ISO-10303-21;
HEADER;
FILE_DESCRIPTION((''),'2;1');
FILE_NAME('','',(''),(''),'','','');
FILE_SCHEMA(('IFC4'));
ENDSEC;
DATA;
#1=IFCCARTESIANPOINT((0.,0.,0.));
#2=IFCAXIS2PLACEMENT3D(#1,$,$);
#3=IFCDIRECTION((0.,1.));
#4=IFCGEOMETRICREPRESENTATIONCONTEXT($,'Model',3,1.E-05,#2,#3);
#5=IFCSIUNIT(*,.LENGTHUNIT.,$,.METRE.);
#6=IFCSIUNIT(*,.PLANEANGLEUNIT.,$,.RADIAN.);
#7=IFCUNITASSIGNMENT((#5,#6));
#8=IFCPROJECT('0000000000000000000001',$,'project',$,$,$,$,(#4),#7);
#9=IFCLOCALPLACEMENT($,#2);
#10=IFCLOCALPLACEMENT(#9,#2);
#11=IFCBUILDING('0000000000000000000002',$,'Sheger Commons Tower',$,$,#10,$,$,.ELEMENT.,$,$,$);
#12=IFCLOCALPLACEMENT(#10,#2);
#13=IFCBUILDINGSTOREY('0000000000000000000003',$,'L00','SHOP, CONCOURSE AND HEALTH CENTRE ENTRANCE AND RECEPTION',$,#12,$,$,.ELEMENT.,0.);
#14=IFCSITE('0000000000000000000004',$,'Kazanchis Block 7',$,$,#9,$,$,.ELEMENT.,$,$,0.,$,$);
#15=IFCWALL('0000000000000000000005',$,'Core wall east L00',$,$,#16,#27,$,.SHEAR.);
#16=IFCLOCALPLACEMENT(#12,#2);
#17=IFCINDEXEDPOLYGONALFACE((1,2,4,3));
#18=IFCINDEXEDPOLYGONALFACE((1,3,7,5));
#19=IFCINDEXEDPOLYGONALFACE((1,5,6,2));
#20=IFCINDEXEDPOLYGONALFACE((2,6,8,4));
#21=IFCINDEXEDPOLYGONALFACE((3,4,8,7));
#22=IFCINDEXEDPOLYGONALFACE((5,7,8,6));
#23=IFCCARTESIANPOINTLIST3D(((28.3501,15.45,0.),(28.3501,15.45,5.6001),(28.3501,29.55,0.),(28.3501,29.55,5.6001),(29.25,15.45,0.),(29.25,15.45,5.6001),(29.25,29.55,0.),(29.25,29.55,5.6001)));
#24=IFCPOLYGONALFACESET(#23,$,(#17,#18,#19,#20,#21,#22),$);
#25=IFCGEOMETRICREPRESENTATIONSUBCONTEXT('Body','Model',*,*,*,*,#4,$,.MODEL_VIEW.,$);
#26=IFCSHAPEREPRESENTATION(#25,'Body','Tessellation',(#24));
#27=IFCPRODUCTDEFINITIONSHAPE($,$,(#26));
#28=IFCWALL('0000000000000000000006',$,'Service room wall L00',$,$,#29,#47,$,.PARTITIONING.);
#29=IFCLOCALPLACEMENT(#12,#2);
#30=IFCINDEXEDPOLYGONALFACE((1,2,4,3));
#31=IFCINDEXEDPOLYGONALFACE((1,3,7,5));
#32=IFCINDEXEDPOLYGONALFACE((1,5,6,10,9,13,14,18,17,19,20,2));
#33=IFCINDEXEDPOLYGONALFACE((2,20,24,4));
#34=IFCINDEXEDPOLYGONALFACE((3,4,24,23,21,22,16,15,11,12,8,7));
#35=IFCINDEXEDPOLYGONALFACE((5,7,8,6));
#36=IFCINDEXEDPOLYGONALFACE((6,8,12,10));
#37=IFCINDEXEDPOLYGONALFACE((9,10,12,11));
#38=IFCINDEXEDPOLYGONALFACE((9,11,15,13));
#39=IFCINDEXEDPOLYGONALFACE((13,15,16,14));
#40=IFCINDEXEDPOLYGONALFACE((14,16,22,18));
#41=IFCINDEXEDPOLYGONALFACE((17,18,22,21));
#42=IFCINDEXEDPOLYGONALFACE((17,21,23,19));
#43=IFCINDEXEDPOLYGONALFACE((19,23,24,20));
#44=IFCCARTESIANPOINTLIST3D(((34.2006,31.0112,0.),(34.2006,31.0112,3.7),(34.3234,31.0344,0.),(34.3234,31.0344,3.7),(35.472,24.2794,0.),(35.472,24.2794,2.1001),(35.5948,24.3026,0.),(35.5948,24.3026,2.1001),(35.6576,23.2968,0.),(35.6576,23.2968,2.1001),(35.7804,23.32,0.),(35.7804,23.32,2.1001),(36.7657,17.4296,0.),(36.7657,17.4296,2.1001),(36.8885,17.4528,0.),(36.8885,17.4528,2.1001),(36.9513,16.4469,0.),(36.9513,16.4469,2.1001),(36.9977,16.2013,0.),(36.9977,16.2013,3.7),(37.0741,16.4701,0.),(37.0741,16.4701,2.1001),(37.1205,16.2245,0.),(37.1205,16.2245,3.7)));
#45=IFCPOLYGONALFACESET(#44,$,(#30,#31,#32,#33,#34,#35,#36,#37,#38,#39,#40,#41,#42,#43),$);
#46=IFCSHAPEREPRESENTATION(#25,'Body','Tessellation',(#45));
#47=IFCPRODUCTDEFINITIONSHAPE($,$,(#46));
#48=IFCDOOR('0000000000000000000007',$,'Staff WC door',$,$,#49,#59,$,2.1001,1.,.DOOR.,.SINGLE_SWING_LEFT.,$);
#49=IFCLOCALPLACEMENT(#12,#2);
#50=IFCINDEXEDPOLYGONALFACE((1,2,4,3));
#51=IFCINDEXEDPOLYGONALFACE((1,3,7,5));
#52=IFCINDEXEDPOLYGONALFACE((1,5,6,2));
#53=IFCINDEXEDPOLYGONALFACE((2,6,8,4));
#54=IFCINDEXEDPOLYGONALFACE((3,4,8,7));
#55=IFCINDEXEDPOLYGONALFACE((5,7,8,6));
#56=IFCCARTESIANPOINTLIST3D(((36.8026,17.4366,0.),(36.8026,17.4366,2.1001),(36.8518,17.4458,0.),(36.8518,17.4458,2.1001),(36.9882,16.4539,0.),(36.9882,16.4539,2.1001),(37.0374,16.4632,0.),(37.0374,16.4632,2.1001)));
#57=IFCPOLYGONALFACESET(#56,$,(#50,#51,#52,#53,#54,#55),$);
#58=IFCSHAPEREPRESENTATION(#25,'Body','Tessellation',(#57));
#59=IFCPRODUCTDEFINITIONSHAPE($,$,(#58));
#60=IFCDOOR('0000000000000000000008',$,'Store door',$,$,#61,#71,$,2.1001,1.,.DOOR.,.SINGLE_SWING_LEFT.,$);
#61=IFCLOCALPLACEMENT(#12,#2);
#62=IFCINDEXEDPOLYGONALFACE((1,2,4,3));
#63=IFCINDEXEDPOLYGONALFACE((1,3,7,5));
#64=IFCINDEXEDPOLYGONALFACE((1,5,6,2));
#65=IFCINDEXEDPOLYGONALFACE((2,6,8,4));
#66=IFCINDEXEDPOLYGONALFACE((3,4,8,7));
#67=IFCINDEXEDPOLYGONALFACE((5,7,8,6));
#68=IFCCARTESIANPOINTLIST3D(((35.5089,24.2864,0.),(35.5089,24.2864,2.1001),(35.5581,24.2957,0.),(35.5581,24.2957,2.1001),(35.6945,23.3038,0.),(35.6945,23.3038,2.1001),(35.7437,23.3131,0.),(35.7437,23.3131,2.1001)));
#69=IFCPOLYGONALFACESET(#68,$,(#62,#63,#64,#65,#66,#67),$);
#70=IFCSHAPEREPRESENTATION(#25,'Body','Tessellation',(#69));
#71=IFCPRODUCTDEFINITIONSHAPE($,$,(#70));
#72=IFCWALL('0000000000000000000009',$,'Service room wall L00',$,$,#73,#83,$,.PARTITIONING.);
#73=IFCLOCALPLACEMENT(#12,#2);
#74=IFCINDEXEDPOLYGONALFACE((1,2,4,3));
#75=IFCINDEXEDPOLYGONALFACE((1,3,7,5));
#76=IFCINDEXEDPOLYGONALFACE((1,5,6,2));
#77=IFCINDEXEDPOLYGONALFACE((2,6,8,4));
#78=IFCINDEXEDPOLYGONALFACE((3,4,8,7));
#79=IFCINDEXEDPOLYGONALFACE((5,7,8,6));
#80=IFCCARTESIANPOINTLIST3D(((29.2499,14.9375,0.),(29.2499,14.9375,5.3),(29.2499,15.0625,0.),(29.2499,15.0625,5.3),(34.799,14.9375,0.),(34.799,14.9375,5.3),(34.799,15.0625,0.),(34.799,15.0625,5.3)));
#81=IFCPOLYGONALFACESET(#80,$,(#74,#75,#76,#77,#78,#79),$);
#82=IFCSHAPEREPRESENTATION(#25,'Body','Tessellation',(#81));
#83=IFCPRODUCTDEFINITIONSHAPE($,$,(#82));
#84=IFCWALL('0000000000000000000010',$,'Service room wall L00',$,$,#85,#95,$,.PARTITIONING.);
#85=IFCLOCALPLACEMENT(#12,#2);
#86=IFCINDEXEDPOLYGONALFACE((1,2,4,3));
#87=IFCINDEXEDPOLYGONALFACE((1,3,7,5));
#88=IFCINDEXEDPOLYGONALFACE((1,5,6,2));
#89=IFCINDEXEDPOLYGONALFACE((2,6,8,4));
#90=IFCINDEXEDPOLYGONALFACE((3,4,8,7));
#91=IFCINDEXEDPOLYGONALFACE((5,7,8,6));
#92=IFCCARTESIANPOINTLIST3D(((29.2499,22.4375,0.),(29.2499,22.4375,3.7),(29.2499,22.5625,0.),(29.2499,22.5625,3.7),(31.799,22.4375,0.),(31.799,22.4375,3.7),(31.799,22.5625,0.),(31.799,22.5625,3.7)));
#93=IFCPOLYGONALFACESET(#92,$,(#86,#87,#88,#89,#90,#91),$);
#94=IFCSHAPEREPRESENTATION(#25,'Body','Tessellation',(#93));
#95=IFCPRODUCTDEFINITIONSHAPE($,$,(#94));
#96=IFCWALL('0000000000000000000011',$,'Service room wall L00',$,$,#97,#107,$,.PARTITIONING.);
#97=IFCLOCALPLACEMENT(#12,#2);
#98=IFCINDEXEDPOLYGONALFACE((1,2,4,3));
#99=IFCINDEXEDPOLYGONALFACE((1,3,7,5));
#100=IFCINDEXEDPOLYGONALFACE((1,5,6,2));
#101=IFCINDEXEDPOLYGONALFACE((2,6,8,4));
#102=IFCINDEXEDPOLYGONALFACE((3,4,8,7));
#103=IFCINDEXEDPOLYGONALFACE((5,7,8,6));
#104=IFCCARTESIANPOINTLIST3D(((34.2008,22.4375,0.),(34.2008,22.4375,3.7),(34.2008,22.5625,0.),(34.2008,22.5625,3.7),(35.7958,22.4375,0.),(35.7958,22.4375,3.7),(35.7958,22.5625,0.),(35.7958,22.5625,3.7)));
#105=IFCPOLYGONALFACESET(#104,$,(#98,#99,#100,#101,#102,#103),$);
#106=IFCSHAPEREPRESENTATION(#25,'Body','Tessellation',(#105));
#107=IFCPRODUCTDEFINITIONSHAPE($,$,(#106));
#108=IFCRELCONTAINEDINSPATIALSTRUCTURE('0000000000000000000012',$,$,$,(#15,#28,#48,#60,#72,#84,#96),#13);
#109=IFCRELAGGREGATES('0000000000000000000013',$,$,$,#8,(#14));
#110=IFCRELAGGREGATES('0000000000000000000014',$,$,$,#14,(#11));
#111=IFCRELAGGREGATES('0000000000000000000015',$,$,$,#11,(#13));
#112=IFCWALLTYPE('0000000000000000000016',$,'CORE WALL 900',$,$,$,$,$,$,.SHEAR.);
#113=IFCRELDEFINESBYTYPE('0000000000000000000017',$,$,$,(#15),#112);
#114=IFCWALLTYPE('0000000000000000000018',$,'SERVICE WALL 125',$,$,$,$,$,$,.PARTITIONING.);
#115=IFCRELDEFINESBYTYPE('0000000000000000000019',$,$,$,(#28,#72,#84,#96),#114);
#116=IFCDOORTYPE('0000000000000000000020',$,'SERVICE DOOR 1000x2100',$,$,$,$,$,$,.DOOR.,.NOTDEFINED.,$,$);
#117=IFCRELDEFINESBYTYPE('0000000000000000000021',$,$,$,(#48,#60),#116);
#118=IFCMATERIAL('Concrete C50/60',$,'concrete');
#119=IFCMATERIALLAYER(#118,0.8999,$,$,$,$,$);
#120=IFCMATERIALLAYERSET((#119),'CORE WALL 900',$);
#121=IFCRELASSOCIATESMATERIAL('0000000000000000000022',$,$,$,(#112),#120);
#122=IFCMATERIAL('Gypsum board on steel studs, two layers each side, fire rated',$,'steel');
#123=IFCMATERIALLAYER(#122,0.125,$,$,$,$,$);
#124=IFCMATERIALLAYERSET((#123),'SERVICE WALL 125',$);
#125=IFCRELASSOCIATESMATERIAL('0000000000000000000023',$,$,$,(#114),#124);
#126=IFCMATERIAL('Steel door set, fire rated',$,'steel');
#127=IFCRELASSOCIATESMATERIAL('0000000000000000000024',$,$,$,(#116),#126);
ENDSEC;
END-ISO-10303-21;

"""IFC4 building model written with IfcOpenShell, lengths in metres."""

from ifc_helpers import new_model, si_unit, direction, frame, frame_2d, origin, place, context, subcontext, project, spatial, rectangle, extrude, material, layer, layer_set, type_object, element, fill, save


model = new_model("IFC4")

# Units and contexts
model_context = context("Model", 3, precision=1e-05, world=origin(), true_north=direction((0.0, 1.0)))
body_context = subcontext(model_context, "Body", "Model", "MODEL_VIEW")
ifc_project = project(units=[si_unit("LENGTHUNIT", "METRE"), si_unit("PLANEANGLEUNIT", "RADIAN")], contexts=[model_context])

# Site, building, storey
site_placement = place(None, origin())
site = spatial("IfcSite", under=ifc_project, at=site_placement, Name="Kazanchis Block 7", CompositionType="ELEMENT", RefElevation=0.0)
building_placement = place(site_placement, origin())
building = spatial("IfcBuilding", under=site, at=building_placement, Name="Sheger Commons Tower", CompositionType="ELEMENT")
storey_placement = place(building_placement, origin())
storey = spatial("IfcBuildingStorey", under=building, at=storey_placement, Name="L00", Description="SHOP, CONCOURSE AND HEALTH CENTRE ENTRANCE AND RECEPTION", CompositionType="ELEMENT", Elevation=0.0)

# Wall
ifc_material_1 = material(Name="Concrete C50/60", Category="concrete")
ifc_layer_1 = layer(ifc_material_1, 0.8999)
ifc_layer_set_1 = layer_set([ifc_layer_1], Name="CORE WALL 900")
wall_type_1 = type_object("IfcWallType", Name="CORE WALL 900", PredefinedType="SHEAR", material=ifc_layer_set_1)
wall_1_placement = place(storey_placement, frame((28.8, 15.45, 0.0), z_axis=(0.0, 0.0, 1.0), x_axis=(0.0, 1.0, 0.0)))
element("IfcWall", 1, at=wall_1_placement, inside=storey, type_object=wall_type_1, Name="Core wall east L00", PredefinedType="SHEAR", context=body_context, shape_type="SweptSolid", body=[
    extrude(rectangle(XDim=14.1001, YDim=0.8999, at=frame_2d((7.05, 0.0))), origin(), (0.0, 0.0, 1.0), 5.6001),
])

# Wall, openings, doors
ifc_material_2 = material(Name="Gypsum board on steel studs, two layers each side, fire rated", Category="steel")
ifc_layer_2 = layer(ifc_material_2, 0.125)
ifc_layer_set_2 = layer_set([ifc_layer_2], Name="SERVICE WALL 125")
wall_type_2 = type_object("IfcWallType", Name="SERVICE WALL 125", PredefinedType="PARTITIONING", material=ifc_layer_set_2)
wall_2_placement = place(storey_placement, frame((37.0591, 16.2129, 0.0), z_axis=(0.0, 0.0, 1.0), x_axis=(-0.185585, 0.982628, 0.0)))
wall_2 = element("IfcWall", 2, at=wall_2_placement, inside=storey, type_object=wall_type_2, Name="Service room wall L00", PredefinedType="PARTITIONING", context=body_context, shape_type="SweptSolid", body=[
    extrude(rectangle(XDim=15.0718, YDim=0.125, at=frame_2d((7.5359, 0.0))), origin(), (0.0, 0.0, 1.0), 3.7),
])
opening_1_placement = place(wall_2_placement, frame((0.25, 0.0, 0.0)))
opening_1 = element("IfcOpeningElement", 3, at=opening_1_placement, cuts=wall_2, PredefinedType="OPENING", context=body_context, shape_type="SweptSolid", body=[
    extrude(rectangle(XDim=1.0, YDim=2.1001, at=frame_2d((0.5, 1.05))), frame((0.0, 0.0725, 0.0), z_axis=(0.0, -1.0, 0.0), x_axis=(1.0, 0.0, 0.0)), (0.0, 0.0, 1.0), 0.145),
])
opening_2_placement = place(wall_2_placement, frame((7.2209, 0.0, 0.0)))
opening_2 = element("IfcOpeningElement", 4, at=opening_2_placement, cuts=wall_2, PredefinedType="OPENING", context=body_context, shape_type="SweptSolid", body=[
    extrude(rectangle(XDim=1.0, YDim=2.1001, at=frame_2d((0.5, 1.05))), frame((0.0, 0.0725, 0.0), z_axis=(0.0, -1.0, 0.0), x_axis=(1.0, 0.0, 0.0)), (0.0, 0.0, 1.0), 0.145),
])
ifc_material_3 = material(Name="Steel door set, fire rated", Category="steel")
door_type = type_object("IfcDoorType", Name="SERVICE DOOR 1000x2100", OperationType="NOTDEFINED", PredefinedType="DOOR", material=ifc_material_3)
door_1_placement = place(opening_1_placement, origin())
door_1 = element("IfcDoor", 5, at=door_1_placement, inside=storey, type_object=door_type, Name="Staff WC door", OperationType="SINGLE_SWING_LEFT", OverallHeight=2.1001, OverallWidth=1.0, PredefinedType="DOOR", context=body_context, shape_type="SweptSolid", body=[
    extrude(rectangle(XDim=1.0, YDim=2.1001, at=frame_2d((0.5, 1.05))), frame((0.0, 0.0249, 0.0), z_axis=(0.0, -1.0, 0.0), x_axis=(1.0, 0.0, 0.0)), (0.0, 0.0, 1.0), 0.05),
])
fill(opening_1, door_1)
door_2_placement = place(opening_2_placement, origin())
door_2 = element("IfcDoor", 6, at=door_2_placement, inside=storey, type_object=door_type, Name="Store door", OperationType="SINGLE_SWING_LEFT", OverallHeight=2.1001, OverallWidth=1.0, PredefinedType="DOOR", context=body_context, shape_type="SweptSolid", body=[
    extrude(rectangle(XDim=1.0, YDim=2.1001, at=frame_2d((0.5, 1.05))), frame((0.0, 0.0249, 0.0), z_axis=(0.0, -1.0, 0.0), x_axis=(1.0, 0.0, 0.0)), (0.0, 0.0, 1.0), 0.05),
])
fill(opening_2, door_2)

# Walls
wall_3_placement = place(storey_placement, frame((29.25, 15.0, 0.0), z_axis=(0.0, 0.0, 1.0), x_axis=(1.0, 0.0, 0.0)))
element("IfcWall", 7, at=wall_3_placement, inside=storey, type_object=wall_type_2, Name="Service room wall L00", PredefinedType="PARTITIONING", context=body_context, shape_type="SweptSolid", body=[
    extrude(rectangle(XDim=5.5491, YDim=0.125, at=frame_2d((2.7744, 0.0))), origin(), (0.0, 0.0, 1.0), 5.3),
])
wall_4_placement = place(storey_placement, frame((29.25, 22.5, 0.0), z_axis=(0.0, 0.0, 1.0), x_axis=(1.0, 0.0, 0.0)))
element("IfcWall", 8, at=wall_4_placement, inside=storey, type_object=wall_type_2, Name="Service room wall L00", PredefinedType="PARTITIONING", context=body_context, shape_type="SweptSolid", body=[
    extrude(rectangle(XDim=2.5491, YDim=0.125, at=frame_2d((1.2744, 0.0))), origin(), (0.0, 0.0, 1.0), 3.7),
])
wall_5_placement = place(storey_placement, frame((34.2009, 22.5, 0.0), z_axis=(0.0, 0.0, 1.0), x_axis=(1.0, 0.0, 0.0)))
element("IfcWall", 9, at=wall_5_placement, inside=storey, type_object=wall_type_2, Name="Service room wall L00", PredefinedType="PARTITIONING", context=body_context, shape_type="SweptSolid", body=[
    extrude(rectangle(XDim=1.595, YDim=0.125, at=frame_2d((0.7974, 0.0))), origin(), (0.0, 0.0, 1.0), 3.7),
])

save(model, "model.ifc")
